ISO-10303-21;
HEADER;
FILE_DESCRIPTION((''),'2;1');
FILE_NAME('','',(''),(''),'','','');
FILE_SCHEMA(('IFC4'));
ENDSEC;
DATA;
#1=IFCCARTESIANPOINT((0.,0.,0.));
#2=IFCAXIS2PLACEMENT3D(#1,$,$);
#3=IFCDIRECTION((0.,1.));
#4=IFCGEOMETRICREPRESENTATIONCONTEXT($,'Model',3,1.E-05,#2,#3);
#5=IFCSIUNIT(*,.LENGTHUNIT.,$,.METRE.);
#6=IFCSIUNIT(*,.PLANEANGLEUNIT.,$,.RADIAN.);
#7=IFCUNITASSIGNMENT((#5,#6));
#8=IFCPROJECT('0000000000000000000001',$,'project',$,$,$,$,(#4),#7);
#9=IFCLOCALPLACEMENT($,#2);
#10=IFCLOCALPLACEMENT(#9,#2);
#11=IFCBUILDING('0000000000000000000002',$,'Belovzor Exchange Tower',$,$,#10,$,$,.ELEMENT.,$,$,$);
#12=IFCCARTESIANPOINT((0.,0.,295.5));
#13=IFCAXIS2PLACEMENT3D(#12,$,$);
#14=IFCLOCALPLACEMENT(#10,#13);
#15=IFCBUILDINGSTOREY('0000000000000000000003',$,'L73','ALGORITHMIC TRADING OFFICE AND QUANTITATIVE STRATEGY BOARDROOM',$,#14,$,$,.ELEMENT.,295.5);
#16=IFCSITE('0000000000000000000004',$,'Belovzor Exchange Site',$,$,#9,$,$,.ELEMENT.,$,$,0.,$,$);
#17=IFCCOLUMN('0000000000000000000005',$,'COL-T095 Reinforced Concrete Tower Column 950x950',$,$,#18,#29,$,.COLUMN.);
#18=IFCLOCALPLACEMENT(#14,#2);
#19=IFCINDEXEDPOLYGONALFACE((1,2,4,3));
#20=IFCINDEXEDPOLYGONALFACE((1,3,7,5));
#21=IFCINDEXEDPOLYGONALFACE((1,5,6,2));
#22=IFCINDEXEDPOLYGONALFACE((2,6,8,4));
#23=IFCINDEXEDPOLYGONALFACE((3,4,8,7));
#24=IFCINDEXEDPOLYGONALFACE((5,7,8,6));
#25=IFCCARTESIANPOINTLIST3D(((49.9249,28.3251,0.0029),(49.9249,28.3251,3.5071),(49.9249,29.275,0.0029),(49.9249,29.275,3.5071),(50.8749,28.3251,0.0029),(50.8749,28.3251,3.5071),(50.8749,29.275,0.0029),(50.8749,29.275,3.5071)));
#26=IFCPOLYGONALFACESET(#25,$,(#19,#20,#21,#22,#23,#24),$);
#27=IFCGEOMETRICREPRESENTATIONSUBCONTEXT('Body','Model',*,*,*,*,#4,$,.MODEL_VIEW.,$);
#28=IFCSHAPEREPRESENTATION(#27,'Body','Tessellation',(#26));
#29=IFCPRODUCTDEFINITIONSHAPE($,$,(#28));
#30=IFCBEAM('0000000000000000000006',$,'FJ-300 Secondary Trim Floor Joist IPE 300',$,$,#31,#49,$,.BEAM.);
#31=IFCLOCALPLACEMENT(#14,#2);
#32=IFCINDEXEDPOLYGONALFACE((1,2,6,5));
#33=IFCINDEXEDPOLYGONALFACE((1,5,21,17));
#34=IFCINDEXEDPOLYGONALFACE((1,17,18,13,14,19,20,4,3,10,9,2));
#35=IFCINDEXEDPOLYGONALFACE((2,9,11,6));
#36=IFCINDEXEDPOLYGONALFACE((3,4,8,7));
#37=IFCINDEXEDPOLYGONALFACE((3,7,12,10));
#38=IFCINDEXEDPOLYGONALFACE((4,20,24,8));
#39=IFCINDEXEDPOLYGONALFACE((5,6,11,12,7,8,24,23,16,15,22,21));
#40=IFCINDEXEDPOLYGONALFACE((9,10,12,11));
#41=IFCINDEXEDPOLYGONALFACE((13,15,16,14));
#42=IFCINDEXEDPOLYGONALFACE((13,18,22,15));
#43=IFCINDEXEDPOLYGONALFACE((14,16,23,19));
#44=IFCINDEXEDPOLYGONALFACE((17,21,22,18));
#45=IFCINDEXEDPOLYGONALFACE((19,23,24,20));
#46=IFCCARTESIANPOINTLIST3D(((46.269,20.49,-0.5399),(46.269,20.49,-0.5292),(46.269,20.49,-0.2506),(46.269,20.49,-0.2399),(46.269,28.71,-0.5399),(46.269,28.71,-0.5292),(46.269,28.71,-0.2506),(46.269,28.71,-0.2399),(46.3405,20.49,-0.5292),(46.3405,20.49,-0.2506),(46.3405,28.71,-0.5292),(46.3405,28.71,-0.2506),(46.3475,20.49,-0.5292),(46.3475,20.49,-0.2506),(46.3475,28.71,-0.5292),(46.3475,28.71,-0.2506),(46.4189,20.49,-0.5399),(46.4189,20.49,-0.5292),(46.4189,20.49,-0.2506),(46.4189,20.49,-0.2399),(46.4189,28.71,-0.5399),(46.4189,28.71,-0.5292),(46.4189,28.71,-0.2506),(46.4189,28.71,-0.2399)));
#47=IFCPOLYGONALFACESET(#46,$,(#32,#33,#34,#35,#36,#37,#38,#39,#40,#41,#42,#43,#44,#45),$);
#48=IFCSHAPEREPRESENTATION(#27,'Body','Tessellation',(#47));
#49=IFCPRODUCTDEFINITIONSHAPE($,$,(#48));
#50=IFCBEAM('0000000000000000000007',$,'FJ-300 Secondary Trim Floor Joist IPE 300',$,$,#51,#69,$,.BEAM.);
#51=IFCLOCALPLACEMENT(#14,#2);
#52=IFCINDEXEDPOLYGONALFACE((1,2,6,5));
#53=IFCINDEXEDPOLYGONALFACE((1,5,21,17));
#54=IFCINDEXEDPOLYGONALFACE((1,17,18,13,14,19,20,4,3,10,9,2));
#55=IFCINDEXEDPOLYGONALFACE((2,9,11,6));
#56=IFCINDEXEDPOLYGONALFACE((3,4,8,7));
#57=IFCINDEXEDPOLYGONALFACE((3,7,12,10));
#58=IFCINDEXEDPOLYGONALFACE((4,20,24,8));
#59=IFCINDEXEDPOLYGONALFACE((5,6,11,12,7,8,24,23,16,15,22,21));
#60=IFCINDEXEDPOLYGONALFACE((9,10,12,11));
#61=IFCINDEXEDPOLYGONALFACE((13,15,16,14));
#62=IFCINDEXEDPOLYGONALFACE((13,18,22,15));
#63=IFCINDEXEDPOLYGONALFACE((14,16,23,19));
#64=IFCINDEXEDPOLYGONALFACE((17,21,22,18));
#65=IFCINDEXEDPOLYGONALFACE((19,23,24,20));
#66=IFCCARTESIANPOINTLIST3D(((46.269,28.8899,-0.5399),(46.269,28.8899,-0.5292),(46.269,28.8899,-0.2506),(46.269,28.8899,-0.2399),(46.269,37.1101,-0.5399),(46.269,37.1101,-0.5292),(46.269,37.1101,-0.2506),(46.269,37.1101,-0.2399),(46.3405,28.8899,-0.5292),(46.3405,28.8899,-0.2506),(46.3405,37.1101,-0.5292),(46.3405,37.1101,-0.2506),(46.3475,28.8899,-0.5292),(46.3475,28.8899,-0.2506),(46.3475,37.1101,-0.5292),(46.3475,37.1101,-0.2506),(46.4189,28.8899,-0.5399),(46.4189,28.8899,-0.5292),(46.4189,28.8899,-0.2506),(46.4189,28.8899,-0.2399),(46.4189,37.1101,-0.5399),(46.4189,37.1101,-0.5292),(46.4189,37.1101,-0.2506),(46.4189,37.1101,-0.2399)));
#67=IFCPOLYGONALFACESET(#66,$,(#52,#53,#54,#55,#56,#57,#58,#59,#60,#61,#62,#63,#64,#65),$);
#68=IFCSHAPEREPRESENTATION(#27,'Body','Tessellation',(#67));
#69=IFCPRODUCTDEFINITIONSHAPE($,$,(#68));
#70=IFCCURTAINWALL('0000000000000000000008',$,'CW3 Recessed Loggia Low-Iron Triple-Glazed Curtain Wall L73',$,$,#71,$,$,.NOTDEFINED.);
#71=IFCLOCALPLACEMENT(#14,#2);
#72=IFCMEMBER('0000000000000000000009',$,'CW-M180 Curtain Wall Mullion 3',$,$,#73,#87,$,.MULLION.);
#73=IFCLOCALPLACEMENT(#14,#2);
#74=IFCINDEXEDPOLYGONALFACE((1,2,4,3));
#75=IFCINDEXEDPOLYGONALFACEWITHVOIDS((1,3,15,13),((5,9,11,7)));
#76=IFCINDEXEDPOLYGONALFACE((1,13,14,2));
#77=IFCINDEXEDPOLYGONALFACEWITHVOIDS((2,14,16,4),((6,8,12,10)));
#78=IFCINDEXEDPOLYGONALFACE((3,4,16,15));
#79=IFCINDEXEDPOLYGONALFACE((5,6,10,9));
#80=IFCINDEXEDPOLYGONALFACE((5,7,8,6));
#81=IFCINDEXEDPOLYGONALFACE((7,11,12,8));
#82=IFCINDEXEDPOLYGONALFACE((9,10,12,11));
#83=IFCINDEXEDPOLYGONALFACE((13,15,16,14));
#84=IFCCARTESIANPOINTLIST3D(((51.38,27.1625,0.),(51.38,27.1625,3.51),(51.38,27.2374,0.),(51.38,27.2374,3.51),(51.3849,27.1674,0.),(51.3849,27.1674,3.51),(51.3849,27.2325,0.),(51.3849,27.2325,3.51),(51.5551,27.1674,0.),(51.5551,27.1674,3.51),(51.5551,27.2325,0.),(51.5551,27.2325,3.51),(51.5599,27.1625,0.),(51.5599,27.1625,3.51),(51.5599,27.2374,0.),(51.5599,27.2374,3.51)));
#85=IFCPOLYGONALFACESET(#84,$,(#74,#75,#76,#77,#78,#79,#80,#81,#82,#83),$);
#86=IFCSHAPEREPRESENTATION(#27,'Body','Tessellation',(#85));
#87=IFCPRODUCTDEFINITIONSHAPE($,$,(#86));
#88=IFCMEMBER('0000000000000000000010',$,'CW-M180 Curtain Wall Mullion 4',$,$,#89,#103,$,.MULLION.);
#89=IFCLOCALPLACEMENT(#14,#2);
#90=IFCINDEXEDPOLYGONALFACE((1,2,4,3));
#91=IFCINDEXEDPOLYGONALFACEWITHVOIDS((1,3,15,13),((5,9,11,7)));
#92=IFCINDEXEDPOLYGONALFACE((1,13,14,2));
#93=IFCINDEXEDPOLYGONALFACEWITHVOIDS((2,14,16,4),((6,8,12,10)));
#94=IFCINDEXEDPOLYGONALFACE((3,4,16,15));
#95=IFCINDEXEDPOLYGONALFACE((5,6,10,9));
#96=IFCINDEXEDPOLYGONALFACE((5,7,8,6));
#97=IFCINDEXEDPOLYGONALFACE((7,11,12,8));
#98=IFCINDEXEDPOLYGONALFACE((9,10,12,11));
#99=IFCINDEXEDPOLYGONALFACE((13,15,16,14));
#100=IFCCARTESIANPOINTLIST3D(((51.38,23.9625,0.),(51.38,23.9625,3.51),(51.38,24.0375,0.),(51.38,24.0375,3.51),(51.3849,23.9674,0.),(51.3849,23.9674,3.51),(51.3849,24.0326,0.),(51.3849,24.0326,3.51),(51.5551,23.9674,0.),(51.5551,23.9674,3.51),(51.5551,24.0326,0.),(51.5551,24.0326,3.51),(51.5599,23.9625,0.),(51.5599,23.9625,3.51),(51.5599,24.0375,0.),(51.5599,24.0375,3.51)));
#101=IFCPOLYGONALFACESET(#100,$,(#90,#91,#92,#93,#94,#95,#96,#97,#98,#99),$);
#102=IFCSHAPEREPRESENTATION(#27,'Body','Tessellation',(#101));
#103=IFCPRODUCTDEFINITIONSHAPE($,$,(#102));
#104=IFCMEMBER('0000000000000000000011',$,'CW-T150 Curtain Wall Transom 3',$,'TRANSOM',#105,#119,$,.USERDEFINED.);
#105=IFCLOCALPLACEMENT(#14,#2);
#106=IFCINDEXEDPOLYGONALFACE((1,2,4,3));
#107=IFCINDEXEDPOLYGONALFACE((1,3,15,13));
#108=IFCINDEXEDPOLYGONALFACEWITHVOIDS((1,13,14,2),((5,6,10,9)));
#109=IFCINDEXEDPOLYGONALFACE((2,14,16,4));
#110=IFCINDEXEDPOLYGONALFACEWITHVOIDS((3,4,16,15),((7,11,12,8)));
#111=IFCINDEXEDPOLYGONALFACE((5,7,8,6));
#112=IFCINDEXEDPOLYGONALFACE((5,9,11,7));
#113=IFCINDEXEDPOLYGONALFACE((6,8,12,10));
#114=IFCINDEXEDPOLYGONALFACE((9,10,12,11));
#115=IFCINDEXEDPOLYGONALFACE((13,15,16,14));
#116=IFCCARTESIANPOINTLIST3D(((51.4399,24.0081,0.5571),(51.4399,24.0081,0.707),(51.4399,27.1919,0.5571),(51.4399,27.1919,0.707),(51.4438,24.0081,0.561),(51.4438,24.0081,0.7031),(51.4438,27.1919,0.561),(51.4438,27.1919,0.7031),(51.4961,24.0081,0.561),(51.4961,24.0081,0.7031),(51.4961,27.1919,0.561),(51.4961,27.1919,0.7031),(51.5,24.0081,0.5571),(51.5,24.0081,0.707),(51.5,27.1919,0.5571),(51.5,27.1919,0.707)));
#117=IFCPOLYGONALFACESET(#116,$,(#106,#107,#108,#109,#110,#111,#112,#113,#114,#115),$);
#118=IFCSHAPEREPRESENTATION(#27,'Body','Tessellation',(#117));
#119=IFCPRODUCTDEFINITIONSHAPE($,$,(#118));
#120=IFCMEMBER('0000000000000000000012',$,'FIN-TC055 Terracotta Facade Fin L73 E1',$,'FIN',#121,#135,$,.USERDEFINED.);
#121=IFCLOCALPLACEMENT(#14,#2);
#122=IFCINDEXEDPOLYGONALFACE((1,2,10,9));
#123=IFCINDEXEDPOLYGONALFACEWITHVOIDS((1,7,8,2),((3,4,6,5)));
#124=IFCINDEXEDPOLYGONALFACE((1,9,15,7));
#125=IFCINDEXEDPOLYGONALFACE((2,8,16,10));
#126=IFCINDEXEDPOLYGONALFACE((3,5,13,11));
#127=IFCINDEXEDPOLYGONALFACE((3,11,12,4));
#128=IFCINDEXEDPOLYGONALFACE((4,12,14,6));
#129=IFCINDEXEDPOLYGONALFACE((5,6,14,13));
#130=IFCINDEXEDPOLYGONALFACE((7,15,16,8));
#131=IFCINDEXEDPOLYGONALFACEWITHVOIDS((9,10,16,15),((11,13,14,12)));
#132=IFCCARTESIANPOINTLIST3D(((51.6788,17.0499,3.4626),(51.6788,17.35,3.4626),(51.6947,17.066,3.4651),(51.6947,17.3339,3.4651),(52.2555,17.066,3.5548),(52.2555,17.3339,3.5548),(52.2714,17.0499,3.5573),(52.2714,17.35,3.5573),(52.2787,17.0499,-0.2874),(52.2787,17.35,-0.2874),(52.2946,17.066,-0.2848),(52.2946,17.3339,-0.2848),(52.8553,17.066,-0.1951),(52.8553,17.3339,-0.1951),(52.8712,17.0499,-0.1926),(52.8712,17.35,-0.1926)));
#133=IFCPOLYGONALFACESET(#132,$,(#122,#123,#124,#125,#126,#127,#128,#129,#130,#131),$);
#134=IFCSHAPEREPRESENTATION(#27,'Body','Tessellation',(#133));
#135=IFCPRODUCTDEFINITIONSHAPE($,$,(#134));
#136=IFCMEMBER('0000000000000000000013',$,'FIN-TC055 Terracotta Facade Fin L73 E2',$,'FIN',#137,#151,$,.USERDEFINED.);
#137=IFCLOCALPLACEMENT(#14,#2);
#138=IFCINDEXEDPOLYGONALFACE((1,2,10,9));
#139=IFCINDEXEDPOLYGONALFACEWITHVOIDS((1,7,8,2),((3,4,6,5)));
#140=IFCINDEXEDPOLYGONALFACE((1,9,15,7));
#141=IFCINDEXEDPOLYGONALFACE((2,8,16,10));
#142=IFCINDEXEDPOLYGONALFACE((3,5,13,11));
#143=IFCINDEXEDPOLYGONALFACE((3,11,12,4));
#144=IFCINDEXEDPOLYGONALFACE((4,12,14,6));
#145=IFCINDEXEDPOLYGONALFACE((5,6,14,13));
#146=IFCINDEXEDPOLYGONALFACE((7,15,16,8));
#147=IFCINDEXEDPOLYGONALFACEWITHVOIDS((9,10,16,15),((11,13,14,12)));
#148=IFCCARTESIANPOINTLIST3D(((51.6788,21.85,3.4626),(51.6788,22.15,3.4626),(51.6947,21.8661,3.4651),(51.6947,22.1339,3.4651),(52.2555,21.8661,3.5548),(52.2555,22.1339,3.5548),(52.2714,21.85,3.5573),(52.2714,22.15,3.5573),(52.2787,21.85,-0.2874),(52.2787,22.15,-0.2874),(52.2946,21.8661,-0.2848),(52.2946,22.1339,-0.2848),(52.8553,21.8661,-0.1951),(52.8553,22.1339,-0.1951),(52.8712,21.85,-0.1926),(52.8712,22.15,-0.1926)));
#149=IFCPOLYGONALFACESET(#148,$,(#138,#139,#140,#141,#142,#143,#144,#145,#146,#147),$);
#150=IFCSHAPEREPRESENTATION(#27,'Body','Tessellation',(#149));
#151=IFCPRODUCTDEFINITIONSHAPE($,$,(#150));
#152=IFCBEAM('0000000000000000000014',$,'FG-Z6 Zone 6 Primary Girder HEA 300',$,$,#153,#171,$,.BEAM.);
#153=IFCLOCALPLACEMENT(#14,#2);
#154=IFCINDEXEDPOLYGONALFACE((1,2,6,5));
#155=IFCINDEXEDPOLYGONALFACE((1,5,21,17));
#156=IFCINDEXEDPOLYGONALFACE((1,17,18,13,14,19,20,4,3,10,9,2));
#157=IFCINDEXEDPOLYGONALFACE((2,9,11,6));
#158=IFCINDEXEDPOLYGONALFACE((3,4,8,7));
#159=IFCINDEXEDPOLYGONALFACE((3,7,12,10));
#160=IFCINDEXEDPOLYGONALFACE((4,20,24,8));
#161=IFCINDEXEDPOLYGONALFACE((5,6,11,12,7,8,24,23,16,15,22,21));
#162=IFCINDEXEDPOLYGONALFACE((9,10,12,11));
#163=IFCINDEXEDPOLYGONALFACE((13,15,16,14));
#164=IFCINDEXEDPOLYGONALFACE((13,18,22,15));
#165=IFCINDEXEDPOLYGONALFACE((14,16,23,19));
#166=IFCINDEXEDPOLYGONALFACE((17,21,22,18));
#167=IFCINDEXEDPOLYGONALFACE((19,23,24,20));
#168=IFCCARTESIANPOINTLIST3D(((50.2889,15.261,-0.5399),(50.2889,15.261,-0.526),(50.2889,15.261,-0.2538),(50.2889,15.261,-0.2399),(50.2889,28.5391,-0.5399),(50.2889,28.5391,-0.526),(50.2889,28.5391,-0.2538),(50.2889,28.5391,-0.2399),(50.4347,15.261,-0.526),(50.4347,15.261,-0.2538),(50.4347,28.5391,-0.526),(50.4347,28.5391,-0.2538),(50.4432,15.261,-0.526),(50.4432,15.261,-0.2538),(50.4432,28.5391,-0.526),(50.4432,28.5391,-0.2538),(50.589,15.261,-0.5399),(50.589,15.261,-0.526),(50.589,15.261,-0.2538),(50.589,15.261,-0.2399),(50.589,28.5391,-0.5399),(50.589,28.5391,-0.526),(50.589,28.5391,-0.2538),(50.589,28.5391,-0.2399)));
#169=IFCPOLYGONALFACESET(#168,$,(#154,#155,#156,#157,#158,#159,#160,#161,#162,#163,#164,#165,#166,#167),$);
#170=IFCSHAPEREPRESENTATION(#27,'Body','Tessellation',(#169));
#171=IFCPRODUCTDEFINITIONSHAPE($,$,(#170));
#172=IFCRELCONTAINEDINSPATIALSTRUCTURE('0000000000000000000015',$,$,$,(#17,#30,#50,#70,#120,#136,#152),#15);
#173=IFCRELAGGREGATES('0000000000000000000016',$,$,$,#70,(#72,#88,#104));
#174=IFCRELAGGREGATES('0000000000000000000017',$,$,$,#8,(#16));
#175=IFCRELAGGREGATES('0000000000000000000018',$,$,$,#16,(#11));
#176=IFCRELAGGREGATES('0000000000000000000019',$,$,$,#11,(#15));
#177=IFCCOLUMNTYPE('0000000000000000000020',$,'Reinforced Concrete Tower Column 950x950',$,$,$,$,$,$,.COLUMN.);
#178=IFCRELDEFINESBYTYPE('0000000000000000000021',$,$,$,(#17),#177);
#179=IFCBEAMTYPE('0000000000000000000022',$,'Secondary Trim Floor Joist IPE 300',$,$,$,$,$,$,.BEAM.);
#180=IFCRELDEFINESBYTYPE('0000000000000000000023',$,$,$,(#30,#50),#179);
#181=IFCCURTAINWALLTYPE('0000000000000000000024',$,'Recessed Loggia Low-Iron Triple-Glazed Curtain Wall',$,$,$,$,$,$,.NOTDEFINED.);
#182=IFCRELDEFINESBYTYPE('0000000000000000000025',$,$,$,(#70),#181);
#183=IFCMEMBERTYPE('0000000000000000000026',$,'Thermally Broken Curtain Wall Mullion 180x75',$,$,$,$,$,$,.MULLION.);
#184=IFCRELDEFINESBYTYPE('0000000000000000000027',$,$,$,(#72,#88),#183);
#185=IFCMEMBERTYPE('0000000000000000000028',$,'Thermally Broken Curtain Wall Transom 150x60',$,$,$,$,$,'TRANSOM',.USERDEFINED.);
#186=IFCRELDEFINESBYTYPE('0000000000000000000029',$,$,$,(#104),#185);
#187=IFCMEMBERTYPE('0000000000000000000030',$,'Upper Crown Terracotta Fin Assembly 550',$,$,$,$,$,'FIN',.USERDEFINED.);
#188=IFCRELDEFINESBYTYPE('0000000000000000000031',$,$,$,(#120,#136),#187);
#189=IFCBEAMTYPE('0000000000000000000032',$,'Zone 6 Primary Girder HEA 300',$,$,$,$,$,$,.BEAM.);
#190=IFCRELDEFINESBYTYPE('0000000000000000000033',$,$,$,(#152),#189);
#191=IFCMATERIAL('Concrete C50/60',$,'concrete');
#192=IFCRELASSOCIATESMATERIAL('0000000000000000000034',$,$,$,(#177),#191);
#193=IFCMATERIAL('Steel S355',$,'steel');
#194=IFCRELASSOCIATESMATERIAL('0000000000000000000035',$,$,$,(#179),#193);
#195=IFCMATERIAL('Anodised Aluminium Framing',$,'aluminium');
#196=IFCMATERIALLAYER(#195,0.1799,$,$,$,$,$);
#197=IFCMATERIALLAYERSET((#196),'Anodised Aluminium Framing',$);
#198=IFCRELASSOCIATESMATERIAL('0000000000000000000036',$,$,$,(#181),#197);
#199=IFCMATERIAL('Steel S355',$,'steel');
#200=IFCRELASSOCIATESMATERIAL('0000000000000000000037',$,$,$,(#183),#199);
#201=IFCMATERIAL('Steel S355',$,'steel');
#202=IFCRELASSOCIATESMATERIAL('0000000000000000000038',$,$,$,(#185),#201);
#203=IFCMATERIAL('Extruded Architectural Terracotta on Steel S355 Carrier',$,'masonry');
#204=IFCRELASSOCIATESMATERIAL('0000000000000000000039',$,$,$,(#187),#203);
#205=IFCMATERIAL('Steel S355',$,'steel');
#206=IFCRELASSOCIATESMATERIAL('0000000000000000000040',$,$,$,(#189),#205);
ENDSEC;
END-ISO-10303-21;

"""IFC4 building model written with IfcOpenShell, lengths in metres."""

from ifc_helpers import new_model, si_unit, direction, frame, origin, origin_2d, place, context, subcontext, project, spatial, rectangle, hollow_rectangle, i_section, extrude, material, layer, layer_set, material_profile, profile_set, type_object, element, aggregate, save


model = new_model("IFC4")

# Units and contexts
model_context = context("Model", 3, precision=1e-05, world=origin(), true_north=direction((0.0, 1.0)))
body_context = subcontext(model_context, "Body", "Model", "MODEL_VIEW")
ifc_project = project(units=[si_unit("LENGTHUNIT", "METRE"), si_unit("PLANEANGLEUNIT", "RADIAN")], contexts=[model_context])

# Site, building, storey
site_placement = place(None, origin())
site = spatial("IfcSite", under=ifc_project, at=site_placement, Name="Belovzor Exchange Site", CompositionType="ELEMENT", RefElevation=0.0)
building_placement = place(site_placement, origin())
building = spatial("IfcBuilding", under=site, at=building_placement, Name="Belovzor Exchange Tower", CompositionType="ELEMENT")
storey_placement = place(building_placement, frame((0.0, 0.0, 295.5)))
storey = spatial("IfcBuildingStorey", under=building, at=storey_placement, Name="L73", Description="ALGORITHMIC TRADING OFFICE AND QUANTITATIVE STRATEGY BOARDROOM", CompositionType="ELEMENT", Elevation=295.5)

# Column
ifc_material_1 = material(Name="Concrete C50/60", Category="concrete")
ifc_material_profile_1 = material_profile(ifc_material_1, rectangle(XDim=0.95, YDim=0.95, at=origin_2d()))
ifc_profile_set_1 = profile_set([ifc_material_profile_1], Name="Concrete C50/60")
column_type = type_object("IfcColumnType", Name="Reinforced Concrete Tower Column 950x950", PredefinedType="COLUMN", material=ifc_profile_set_1)
column_placement = place(storey_placement, frame((50.3999, 28.8, 0.0029), z_axis=(0.0, 0.0, 1.0), x_axis=(1.0, 0.0, 0.0)))
element("IfcColumn", 1, at=column_placement, inside=storey, type_object=column_type, Name="COL-T095 Reinforced Concrete Tower Column 950x950", PredefinedType="COLUMN", context=body_context, shape_type="SweptSolid", body=[
    extrude(rectangle(XDim=0.95, YDim=0.95, at=origin_2d()), origin(), (0.0, 0.0, 1.0), 3.5042),
])

# Beams
ifc_material_2 = material(Name="Steel S355", Category="steel")
ifc_material_profile_2 = material_profile(ifc_material_2, i_section(OverallWidth=0.1499, OverallDepth=0.3, WebThickness=0.0071, FlangeThickness=0.0107, at=origin_2d()))
ifc_profile_set_2 = profile_set([ifc_material_profile_2], Name="Steel S355")
beam_type_1 = type_object("IfcBeamType", Name="Secondary Trim Floor Joist IPE 300", PredefinedType="BEAM", material=ifc_profile_set_2)
beam_1_placement = place(storey_placement, frame((46.344, 20.49, -0.3899), z_axis=(0.0, 1.0, 0.0), x_axis=(-1.0, 0.0, 0.0)))
element("IfcBeam", 2, at=beam_1_placement, inside=storey, type_object=beam_type_1, Name="FJ-300 Secondary Trim Floor Joist IPE 300", PredefinedType="BEAM", context=body_context, shape_type="SweptSolid", body=[
    extrude(i_section(OverallWidth=0.1499, OverallDepth=0.3, WebThickness=0.0071, FlangeThickness=0.0107, at=origin_2d()), origin(), (0.0, 0.0, 1.0), 8.22),
])
beam_2_placement = place(storey_placement, frame((46.344, 28.8899, -0.3899), z_axis=(0.0, 1.0, 0.0), x_axis=(-1.0, 0.0, 0.0)))
element("IfcBeam", 3, at=beam_2_placement, inside=storey, type_object=beam_type_1, Name="FJ-300 Secondary Trim Floor Joist IPE 300", PredefinedType="BEAM", context=body_context, shape_type="SweptSolid", body=[
    extrude(i_section(OverallWidth=0.1499, OverallDepth=0.3, WebThickness=0.0071, FlangeThickness=0.0107, at=origin_2d()), origin(), (0.0, 0.0, 1.0), 8.2202),
])

# Curtain wall, members
ifc_material_3 = material(Name="Anodised Aluminium Framing", Category="aluminium")
ifc_layer_1 = layer(ifc_material_3, 0.1799)
ifc_layer_set_1 = layer_set([ifc_layer_1], Name="Anodised Aluminium Framing")
curtain_wall_type = type_object("IfcCurtainWallType", Name="Recessed Loggia Low-Iron Triple-Glazed Curtain Wall", PredefinedType="NOTDEFINED", material=ifc_layer_set_1)
curtain_wall_placement = place(storey_placement, origin())
curtain_wall = element("IfcCurtainWall", 4, at=curtain_wall_placement, inside=storey, type_object=curtain_wall_type, Name="CW3 Recessed Loggia Low-Iron Triple-Glazed Curtain Wall L73", PredefinedType="NOTDEFINED")
ifc_material_4 = material(Name="Steel S355", Category="steel")
ifc_material_profile_3 = material_profile(ifc_material_4, hollow_rectangle(XDim=0.075, YDim=0.1799, WallThickness=0.0049, at=origin_2d()))
ifc_profile_set_3 = profile_set([ifc_material_profile_3], Name="Steel S355")
member_type_1 = type_object("IfcMemberType", Name="Thermally Broken Curtain Wall Mullion 180x75", PredefinedType="MULLION", material=ifc_profile_set_3)
member_1_placement = place(storey_placement, frame((51.47, 27.2, 0.0), z_axis=(0.0, 0.0, 1.0), x_axis=(0.0, -1.0, 0.0)))
member_1 = element("IfcMember", 5, at=member_1_placement, type_object=member_type_1, Name="CW-M180 Curtain Wall Mullion 3", PredefinedType="MULLION", context=body_context, shape_type="SweptSolid", body=[
    extrude(hollow_rectangle(XDim=0.075, YDim=0.1799, WallThickness=0.0049, at=origin_2d()), origin(), (0.0, 0.0, 1.0), 3.51),
])
member_2_placement = place(storey_placement, frame((51.47, 24.0, 0.0), z_axis=(0.0, 0.0, 1.0), x_axis=(0.0, -1.0, 0.0)))
member_2 = element("IfcMember", 6, at=member_2_placement, type_object=member_type_1, Name="CW-M180 Curtain Wall Mullion 4", PredefinedType="MULLION", context=body_context, shape_type="SweptSolid", body=[
    extrude(hollow_rectangle(XDim=0.075, YDim=0.1799, WallThickness=0.0049, at=origin_2d()), origin(), (0.0, 0.0, 1.0), 3.51),
])
ifc_material_5 = material(Name="Steel S355", Category="steel")
ifc_material_profile_4 = material_profile(ifc_material_5, hollow_rectangle(XDim=0.0601, YDim=0.1499, WallThickness=0.0039, at=origin_2d()))
ifc_profile_set_4 = profile_set([ifc_material_profile_4], Name="Steel S355")
member_type_2 = type_object("IfcMemberType", Name="Thermally Broken Curtain Wall Transom 150x60", ElementType="TRANSOM", PredefinedType="USERDEFINED", material=ifc_profile_set_4)
member_3_placement = place(storey_placement, frame((51.47, 27.1919, 0.6321), z_axis=(0.0, -1.0, 0.0), x_axis=(1.0, 0.0, 0.0)))
member_3 = element("IfcMember", 7, at=member_3_placement, type_object=member_type_2, Name="CW-T150 Curtain Wall Transom 3", ObjectType="TRANSOM", PredefinedType="USERDEFINED", context=body_context, shape_type="SweptSolid", body=[
    extrude(hollow_rectangle(XDim=0.0601, YDim=0.1499, WallThickness=0.0039, at=origin_2d()), origin(), (0.0, 0.0, 1.0), 3.1838),
])

# Members
ifc_material_6 = material(Name="Extruded Architectural Terracotta on Steel S355 Carrier", Category="masonry")
ifc_material_profile_5 = material_profile(ifc_material_6, hollow_rectangle(XDim=0.3, YDim=0.6001, WallThickness=0.0161, at=origin_2d()))
ifc_profile_set_5 = profile_set([ifc_material_profile_5], Name="Extruded Architectural Terracotta on Steel S355 Carrier")
member_type_3 = type_object("IfcMemberType", Name="Upper Crown Terracotta Fin Assembly 550", ElementType="FIN", PredefinedType="USERDEFINED", material=ifc_profile_set_5)
for number, where, z_axis, x_axis, name in (
    (8, (52.575, 17.2, -0.24), (-0.157953, 0.0, 0.987447), (0.0, -1.0, 0.0), "FIN-TC055 Terracotta Facade Fin L73 E1"),
    (9, (52.575, 22.0, -0.24), (-0.157953, 0.0, 0.987447), (0.0, -1.0, 0.0), "FIN-TC055 Terracotta Facade Fin L73 E2"),
):
    element("IfcMember", number, at=place(storey_placement, frame(where, z_axis=z_axis, x_axis=x_axis)), inside=storey, type_object=member_type_3, Name=name, ObjectType="FIN", PredefinedType="USERDEFINED", context=body_context, shape_type="SweptSolid", body=[
        extrude(hollow_rectangle(XDim=0.3, YDim=0.6001, WallThickness=0.0161, at=origin_2d()), origin(), (0.0, 0.0, 1.0), 3.7976),
    ])

# Beam
ifc_material_7 = material(Name="Steel S355", Category="steel")
ifc_material_profile_6 = material_profile(ifc_material_7, i_section(OverallWidth=0.3, OverallDepth=0.3, WebThickness=0.0085, FlangeThickness=0.0139, at=origin_2d()))
ifc_profile_set_6 = profile_set([ifc_material_profile_6], Name="Steel S355")
beam_type_2 = type_object("IfcBeamType", Name="Zone 6 Primary Girder HEA 300", PredefinedType="BEAM", material=ifc_profile_set_6)
for number, where, z_axis, x_axis, name in (
    (10, (50.439, 15.261, -0.3899), (0.0, 1.0, 0.0), (-1.0, 0.0, 0.0), "FG-Z6 Zone 6 Primary Girder HEA 300"),
):
    element("IfcBeam", number, at=place(storey_placement, frame(where, z_axis=z_axis, x_axis=x_axis)), inside=storey, type_object=beam_type_2, Name=name, PredefinedType="BEAM", context=body_context, shape_type="SweptSolid", body=[
        extrude(i_section(OverallWidth=0.3, OverallDepth=0.3, WebThickness=0.0085, FlangeThickness=0.0139, at=origin_2d()), origin(), (0.0, 0.0, 1.0), 13.2781),
    ])

aggregate(curtain_wall, [member_1, member_2, member_3])

save(model, "model.ifc")
